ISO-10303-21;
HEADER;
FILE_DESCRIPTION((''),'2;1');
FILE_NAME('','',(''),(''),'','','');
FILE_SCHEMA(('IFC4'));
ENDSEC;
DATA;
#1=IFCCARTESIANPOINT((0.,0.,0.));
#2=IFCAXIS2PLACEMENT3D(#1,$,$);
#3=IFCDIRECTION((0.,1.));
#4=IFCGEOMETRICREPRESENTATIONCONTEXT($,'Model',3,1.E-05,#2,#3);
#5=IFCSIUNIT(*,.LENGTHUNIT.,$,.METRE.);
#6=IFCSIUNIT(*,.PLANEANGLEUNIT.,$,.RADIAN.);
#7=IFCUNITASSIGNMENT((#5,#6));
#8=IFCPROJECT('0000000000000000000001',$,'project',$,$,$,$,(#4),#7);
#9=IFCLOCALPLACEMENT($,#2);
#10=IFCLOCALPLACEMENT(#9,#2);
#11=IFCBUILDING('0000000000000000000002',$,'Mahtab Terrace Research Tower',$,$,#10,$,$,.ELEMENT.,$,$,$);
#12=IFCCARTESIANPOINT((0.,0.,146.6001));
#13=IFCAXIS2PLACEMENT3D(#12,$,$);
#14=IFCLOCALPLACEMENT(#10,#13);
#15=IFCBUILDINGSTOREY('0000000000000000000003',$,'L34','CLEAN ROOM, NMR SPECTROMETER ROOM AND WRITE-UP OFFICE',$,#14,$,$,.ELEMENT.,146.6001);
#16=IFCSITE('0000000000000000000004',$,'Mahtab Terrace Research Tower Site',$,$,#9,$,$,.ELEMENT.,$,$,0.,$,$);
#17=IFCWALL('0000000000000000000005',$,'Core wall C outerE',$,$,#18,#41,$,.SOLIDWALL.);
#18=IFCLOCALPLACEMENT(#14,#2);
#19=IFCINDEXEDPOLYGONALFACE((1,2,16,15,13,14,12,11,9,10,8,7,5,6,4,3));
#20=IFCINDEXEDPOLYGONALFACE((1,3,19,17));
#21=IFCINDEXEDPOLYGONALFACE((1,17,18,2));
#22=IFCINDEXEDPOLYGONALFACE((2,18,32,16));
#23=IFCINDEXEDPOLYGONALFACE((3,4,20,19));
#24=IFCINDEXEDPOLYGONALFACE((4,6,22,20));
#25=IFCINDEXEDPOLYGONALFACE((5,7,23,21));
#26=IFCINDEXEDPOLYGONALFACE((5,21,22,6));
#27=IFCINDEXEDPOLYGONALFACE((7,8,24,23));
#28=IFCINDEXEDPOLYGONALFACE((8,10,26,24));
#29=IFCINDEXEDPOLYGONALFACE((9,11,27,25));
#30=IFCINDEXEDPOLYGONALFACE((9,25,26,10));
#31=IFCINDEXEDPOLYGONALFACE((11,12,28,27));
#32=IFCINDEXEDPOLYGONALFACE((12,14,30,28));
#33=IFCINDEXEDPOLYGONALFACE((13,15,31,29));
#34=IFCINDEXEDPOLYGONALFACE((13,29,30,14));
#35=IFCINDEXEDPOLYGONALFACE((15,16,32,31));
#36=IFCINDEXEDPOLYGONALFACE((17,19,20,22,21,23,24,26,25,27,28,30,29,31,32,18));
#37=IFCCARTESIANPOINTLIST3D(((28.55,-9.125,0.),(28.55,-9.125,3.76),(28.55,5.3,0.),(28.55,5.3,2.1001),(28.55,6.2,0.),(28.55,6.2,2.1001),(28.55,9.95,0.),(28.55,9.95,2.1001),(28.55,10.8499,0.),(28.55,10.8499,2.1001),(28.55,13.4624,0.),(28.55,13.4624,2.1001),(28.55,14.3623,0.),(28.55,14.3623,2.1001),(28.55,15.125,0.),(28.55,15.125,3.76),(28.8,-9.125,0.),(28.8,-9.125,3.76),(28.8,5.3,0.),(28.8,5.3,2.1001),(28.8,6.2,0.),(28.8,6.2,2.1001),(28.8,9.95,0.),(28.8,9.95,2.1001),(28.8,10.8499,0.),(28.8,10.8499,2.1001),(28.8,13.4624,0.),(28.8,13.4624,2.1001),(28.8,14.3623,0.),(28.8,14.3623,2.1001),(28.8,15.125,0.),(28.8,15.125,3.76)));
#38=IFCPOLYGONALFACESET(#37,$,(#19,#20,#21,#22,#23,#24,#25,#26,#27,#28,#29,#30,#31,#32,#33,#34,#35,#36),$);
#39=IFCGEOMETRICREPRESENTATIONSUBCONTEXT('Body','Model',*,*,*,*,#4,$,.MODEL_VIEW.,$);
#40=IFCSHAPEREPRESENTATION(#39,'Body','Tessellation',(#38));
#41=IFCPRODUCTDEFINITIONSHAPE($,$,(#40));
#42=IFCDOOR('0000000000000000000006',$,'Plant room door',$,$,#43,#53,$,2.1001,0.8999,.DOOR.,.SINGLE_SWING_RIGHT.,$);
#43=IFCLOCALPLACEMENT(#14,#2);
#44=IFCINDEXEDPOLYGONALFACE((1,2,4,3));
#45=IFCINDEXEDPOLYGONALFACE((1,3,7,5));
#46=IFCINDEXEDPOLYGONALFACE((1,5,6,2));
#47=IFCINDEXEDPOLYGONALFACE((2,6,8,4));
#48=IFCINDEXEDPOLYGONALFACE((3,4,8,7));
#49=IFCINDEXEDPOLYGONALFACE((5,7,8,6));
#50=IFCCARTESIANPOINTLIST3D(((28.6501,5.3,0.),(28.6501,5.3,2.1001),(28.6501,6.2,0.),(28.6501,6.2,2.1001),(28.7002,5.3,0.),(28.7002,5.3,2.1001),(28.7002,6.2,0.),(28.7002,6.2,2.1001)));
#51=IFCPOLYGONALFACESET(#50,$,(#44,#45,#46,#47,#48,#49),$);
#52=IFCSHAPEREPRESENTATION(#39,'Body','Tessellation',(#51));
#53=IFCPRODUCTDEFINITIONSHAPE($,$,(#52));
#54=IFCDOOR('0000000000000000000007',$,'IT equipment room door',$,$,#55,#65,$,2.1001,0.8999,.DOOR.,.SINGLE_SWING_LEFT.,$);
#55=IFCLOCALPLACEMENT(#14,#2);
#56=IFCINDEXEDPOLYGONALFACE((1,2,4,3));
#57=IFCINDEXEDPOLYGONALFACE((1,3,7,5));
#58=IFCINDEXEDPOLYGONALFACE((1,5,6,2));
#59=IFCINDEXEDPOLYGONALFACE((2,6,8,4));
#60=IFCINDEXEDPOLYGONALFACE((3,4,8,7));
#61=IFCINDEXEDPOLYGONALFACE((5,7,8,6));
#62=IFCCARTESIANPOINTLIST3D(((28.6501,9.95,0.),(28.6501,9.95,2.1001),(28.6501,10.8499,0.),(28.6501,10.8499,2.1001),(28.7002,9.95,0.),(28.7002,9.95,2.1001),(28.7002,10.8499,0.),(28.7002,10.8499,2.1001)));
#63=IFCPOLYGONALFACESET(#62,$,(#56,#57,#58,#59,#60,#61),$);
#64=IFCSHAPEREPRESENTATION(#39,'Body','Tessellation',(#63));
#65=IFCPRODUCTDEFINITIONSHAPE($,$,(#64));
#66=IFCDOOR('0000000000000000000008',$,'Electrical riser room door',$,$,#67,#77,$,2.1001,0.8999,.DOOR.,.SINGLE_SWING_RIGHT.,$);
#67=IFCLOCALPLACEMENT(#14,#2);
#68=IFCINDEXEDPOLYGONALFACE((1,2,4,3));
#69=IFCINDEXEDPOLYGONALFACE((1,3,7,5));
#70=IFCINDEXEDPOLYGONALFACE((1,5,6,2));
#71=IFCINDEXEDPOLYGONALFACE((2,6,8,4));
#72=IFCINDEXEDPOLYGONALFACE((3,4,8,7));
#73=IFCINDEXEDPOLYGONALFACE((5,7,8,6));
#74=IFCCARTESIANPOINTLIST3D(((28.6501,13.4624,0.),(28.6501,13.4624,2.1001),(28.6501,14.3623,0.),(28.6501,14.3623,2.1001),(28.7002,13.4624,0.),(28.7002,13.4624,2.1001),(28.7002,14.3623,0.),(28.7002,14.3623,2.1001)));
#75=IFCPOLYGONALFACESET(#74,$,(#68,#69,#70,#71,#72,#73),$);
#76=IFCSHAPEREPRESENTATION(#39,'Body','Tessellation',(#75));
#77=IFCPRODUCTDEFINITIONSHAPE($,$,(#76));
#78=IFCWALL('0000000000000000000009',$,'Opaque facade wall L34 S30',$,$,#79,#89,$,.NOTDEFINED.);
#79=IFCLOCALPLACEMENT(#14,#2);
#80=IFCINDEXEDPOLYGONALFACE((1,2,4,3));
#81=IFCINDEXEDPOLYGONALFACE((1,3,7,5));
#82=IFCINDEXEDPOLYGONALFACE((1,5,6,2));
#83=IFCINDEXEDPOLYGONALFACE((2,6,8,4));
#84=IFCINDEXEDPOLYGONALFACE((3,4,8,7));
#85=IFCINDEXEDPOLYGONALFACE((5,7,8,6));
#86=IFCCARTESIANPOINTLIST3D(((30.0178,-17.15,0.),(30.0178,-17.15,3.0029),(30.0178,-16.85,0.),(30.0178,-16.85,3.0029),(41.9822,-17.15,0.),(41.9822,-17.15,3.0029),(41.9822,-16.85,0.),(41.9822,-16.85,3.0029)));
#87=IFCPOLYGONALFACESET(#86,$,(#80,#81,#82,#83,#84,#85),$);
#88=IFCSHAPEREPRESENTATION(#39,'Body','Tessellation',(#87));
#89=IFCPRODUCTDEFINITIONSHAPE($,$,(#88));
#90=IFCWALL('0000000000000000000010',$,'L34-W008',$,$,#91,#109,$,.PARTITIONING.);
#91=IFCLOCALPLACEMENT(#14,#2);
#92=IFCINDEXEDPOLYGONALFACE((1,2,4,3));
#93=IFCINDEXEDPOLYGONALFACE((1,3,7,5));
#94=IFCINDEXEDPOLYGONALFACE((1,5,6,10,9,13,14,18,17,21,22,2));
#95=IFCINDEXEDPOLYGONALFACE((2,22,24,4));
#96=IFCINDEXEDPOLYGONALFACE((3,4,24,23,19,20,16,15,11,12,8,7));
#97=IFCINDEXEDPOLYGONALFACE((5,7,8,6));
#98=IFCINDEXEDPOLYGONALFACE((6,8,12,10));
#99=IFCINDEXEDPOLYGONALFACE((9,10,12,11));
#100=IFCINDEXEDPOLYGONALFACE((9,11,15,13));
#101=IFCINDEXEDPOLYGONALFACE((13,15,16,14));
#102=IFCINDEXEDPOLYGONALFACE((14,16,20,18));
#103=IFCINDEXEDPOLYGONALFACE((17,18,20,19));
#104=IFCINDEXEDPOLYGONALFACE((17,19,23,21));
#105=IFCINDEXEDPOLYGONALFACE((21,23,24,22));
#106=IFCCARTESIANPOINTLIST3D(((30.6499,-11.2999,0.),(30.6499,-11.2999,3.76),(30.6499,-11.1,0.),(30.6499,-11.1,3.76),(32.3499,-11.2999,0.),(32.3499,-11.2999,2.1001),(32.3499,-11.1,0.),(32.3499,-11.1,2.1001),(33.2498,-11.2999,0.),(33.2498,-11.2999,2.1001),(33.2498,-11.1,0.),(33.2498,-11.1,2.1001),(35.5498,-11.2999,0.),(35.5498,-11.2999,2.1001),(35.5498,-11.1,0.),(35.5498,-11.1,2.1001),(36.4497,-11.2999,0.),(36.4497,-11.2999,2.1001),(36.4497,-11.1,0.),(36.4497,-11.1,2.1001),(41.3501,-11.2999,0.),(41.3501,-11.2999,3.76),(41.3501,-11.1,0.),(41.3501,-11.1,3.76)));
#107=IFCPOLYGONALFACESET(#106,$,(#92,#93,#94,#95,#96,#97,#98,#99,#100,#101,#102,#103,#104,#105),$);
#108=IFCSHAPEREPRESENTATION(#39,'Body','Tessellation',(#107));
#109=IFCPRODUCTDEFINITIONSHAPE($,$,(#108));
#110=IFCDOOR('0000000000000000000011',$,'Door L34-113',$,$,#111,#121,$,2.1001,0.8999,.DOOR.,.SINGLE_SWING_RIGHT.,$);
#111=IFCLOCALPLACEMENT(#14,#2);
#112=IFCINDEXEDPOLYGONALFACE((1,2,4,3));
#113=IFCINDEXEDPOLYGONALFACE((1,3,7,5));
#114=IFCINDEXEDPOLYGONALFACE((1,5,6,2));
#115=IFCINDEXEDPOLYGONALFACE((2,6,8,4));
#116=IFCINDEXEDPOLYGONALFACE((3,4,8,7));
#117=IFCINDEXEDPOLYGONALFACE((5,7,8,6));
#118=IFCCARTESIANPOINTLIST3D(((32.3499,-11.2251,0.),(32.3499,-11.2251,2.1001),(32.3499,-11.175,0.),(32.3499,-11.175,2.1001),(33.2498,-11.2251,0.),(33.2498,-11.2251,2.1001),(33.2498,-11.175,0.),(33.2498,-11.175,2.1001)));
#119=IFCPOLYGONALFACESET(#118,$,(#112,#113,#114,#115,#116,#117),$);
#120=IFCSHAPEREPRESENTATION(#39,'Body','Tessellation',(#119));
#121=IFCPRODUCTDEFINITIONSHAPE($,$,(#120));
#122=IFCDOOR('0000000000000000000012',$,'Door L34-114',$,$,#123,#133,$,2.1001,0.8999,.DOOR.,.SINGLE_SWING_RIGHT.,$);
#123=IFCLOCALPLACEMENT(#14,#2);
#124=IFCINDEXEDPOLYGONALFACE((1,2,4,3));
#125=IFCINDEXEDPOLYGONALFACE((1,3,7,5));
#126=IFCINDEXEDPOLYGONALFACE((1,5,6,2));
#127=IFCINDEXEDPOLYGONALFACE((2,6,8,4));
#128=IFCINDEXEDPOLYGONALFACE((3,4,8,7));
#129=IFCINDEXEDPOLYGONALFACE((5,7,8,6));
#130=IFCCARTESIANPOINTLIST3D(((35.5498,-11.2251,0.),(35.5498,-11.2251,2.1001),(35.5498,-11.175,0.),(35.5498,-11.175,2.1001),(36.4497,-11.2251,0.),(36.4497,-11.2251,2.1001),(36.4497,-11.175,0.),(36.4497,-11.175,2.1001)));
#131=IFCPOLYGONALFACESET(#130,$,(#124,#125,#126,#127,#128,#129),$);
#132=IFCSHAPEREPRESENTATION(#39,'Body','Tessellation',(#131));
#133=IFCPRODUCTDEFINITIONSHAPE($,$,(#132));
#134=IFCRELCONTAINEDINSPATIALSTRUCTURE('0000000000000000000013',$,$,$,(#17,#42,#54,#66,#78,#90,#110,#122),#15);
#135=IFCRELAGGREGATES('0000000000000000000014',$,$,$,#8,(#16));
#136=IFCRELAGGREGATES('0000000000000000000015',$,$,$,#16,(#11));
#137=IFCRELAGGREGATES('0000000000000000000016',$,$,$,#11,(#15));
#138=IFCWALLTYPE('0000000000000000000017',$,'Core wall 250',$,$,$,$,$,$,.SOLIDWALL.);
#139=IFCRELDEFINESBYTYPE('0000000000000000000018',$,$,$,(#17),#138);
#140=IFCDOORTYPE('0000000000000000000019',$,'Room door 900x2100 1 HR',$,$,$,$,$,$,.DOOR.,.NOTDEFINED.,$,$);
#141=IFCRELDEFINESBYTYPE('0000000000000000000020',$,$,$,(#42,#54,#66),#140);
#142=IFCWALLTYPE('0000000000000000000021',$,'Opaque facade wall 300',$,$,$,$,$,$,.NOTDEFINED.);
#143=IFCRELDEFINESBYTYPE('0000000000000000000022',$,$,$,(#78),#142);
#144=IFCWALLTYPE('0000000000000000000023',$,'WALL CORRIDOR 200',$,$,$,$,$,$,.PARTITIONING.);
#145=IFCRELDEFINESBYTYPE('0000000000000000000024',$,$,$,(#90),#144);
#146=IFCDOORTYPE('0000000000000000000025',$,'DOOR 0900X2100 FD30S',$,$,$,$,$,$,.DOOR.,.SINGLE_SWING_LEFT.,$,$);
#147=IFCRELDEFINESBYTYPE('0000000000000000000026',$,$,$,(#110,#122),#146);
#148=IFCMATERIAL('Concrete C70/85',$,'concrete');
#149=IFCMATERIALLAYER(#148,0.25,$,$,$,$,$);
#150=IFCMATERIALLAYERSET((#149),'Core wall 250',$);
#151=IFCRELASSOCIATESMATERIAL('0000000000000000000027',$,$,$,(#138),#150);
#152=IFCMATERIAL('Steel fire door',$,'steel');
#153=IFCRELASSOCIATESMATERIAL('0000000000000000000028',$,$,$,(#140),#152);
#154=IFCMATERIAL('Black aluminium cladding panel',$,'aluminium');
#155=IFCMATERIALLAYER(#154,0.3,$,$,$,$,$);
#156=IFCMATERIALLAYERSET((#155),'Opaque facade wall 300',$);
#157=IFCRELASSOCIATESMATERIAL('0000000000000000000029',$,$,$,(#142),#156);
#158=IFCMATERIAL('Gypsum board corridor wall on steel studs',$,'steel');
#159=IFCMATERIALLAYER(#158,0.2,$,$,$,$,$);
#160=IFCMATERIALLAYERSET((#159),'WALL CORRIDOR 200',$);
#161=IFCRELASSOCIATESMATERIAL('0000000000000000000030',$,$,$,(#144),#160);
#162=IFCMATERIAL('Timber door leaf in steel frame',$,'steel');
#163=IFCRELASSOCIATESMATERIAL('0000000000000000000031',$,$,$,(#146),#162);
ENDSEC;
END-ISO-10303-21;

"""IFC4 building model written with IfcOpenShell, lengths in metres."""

from ifc_helpers import new_model, si_unit, direction, frame, frame_2d, origin, place, context, subcontext, project, spatial, rectangle, extrude, material, layer, layer_set, type_object, element, fill, save


model = new_model("IFC4")

# Units and contexts
model_context = context("Model", 3, precision=1e-05, world=origin(), true_north=direction((0.0, 1.0)))
body_context = subcontext(model_context, "Body", "Model", "MODEL_VIEW")
ifc_project = project(units=[si_unit("LENGTHUNIT", "METRE"), si_unit("PLANEANGLEUNIT", "RADIAN")], contexts=[model_context])

# Site, building, storey
site_placement = place(None, origin())
site = spatial("IfcSite", under=ifc_project, at=site_placement, Name="Mahtab Terrace Research Tower Site", CompositionType="ELEMENT", RefElevation=0.0)
building_placement = place(site_placement, origin())
building = spatial("IfcBuilding", under=site, at=building_placement, Name="Mahtab Terrace Research Tower", CompositionType="ELEMENT")
storey_placement = place(building_placement, frame((0.0, 0.0, 146.6001)))
storey = spatial("IfcBuildingStorey", under=building, at=storey_placement, Name="L34", Description="CLEAN ROOM, NMR SPECTROMETER ROOM AND WRITE-UP OFFICE", CompositionType="ELEMENT", Elevation=146.6001)

# Shared definitions
ifc_material_1 = material(Name="Concrete C70/85", Category="concrete")

# Wall, openings, doors
ifc_layer_1 = layer(ifc_material_1, 0.25)
ifc_layer_set_1 = layer_set([ifc_layer_1], Name="Core wall 250")
wall_type_1 = type_object("IfcWallType", Name="Core wall 250", PredefinedType="SOLIDWALL", material=ifc_layer_set_1)
wall_1_placement = place(storey_placement, frame((28.675, -9.125, 0.0), z_axis=(0.0, 0.0, 1.0), x_axis=(0.0, 1.0, 0.0)))
wall_1 = element("IfcWall", 1, at=wall_1_placement, inside=storey, type_object=wall_type_1, Name="Core wall C outerE", PredefinedType="SOLIDWALL", context=body_context, shape_type="SweptSolid", body=[
    extrude(rectangle(XDim=24.25, YDim=0.25, at=frame_2d((12.125, 0.0))), origin(), (0.0, 0.0, 1.0), 3.76),
])
opening_1_placement = place(wall_1_placement, frame((14.425, 0.0, 0.0)))
opening_1 = element("IfcOpeningElement", 2, at=opening_1_placement, cuts=wall_1, PredefinedType="OPENING", context=body_context, shape_type="SweptSolid", body=[
    extrude(rectangle(XDim=0.8999, YDim=2.1001, at=frame_2d((0.45, 1.05))), frame((0.0, 0.135, 0.0), z_axis=(0.0, -1.0, 0.0), x_axis=(1.0, 0.0, 0.0)), (0.0, 0.0, 1.0), 0.27),
])
opening_2_placement = place(wall_1_placement, frame((19.075, 0.0, 0.0)))
opening_2 = element("IfcOpeningElement", 3, at=opening_2_placement, cuts=wall_1, PredefinedType="OPENING", context=body_context, shape_type="SweptSolid", body=[
    extrude(rectangle(XDim=0.8999, YDim=2.1001, at=frame_2d((0.45, 1.05))), frame((0.0, 0.135, 0.0), z_axis=(0.0, -1.0, 0.0), x_axis=(1.0, 0.0, 0.0)), (0.0, 0.0, 1.0), 0.27),
])
opening_3_placement = place(wall_1_placement, frame((22.5874, 0.0, 0.0)))
opening_3 = element("IfcOpeningElement", 4, at=opening_3_placement, cuts=wall_1, PredefinedType="OPENING", context=body_context, shape_type="SweptSolid", body=[
    extrude(rectangle(XDim=0.8999, YDim=2.1001, at=frame_2d((0.45, 1.05))), frame((0.0, 0.135, 0.0), z_axis=(0.0, -1.0, 0.0), x_axis=(1.0, 0.0, 0.0)), (0.0, 0.0, 1.0), 0.27),
])
ifc_material_2 = material(Name="Steel fire door", Category="steel")
door_type_1 = type_object("IfcDoorType", Name="Room door 900x2100 1 HR", OperationType="NOTDEFINED", PredefinedType="DOOR", material=ifc_material_2)
door_1_placement = place(opening_1_placement, origin())
door_1 = element("IfcDoor", 5, at=door_1_placement, inside=storey, type_object=door_type_1, Name="Plant room door", OperationType="SINGLE_SWING_RIGHT", OverallHeight=2.1001, OverallWidth=0.8999, PredefinedType="DOOR", context=body_context, shape_type="SweptSolid", body=[
    extrude(rectangle(XDim=0.8999, YDim=2.1001, at=frame_2d((0.45, 1.05))), frame((0.0, 0.0249, 0.0), z_axis=(0.0, -1.0, 0.0), x_axis=(1.0, 0.0, 0.0)), (0.0, 0.0, 1.0), 0.05),
])
fill(opening_1, door_1)
door_2_placement = place(opening_2_placement, origin())
door_2 = element("IfcDoor", 6, at=door_2_placement, inside=storey, type_object=door_type_1, Name="IT equipment room door", OperationType="SINGLE_SWING_LEFT", OverallHeight=2.1001, OverallWidth=0.8999, PredefinedType="DOOR", context=body_context, shape_type="SweptSolid", body=[
    extrude(rectangle(XDim=0.8999, YDim=2.1001, at=frame_2d((0.45, 1.05))), frame((0.0, 0.0249, 0.0), z_axis=(0.0, -1.0, 0.0), x_axis=(1.0, 0.0, 0.0)), (0.0, 0.0, 1.0), 0.05),
])
fill(opening_2, door_2)
door_3_placement = place(opening_3_placement, origin())
door_3 = element("IfcDoor", 7, at=door_3_placement, inside=storey, type_object=door_type_1, Name="Electrical riser room door", OperationType="SINGLE_SWING_RIGHT", OverallHeight=2.1001, OverallWidth=0.8999, PredefinedType="DOOR", context=body_context, shape_type="SweptSolid", body=[
    extrude(rectangle(XDim=0.8999, YDim=2.1001, at=frame_2d((0.45, 1.05))), frame((0.0, 0.0249, 0.0), z_axis=(0.0, -1.0, 0.0), x_axis=(1.0, 0.0, 0.0)), (0.0, 0.0, 1.0), 0.05),
])
fill(opening_3, door_3)

# Wall
ifc_material_3 = material(Name="Black aluminium cladding panel", Category="aluminium")
ifc_layer_2 = layer(ifc_material_3, 0.3)
ifc_layer_set_2 = layer_set([ifc_layer_2], Name="Opaque facade wall 300")
wall_type_2 = type_object("IfcWallType", Name="Opaque facade wall 300", PredefinedType="NOTDEFINED", material=ifc_layer_set_2)
wall_2_placement = place(storey_placement, frame((30.0178, -17.0, 0.0), z_axis=(0.0, 0.0, 1.0), x_axis=(1.0, 0.0, 0.0)))
element("IfcWall", 8, at=wall_2_placement, inside=storey, type_object=wall_type_2, Name="Opaque facade wall L34 S30", PredefinedType="NOTDEFINED", context=body_context, shape_type="SweptSolid", body=[
    extrude(rectangle(XDim=11.9644, YDim=0.3, at=frame_2d((5.9822, 0.0))), origin(), (0.0, 0.0, 1.0), 3.0029),
])

# Wall, openings, doors
ifc_material_4 = material(Name="Gypsum board corridor wall on steel studs", Category="steel")
ifc_layer_3 = layer(ifc_material_4, 0.2)
ifc_layer_set_3 = layer_set([ifc_layer_3], Name="WALL CORRIDOR 200")
wall_type_3 = type_object("IfcWallType", Name="WALL CORRIDOR 200", PredefinedType="PARTITIONING", material=ifc_layer_set_3)
wall_3_placement = place(storey_placement, frame((30.6499, -11.2, 0.0), z_axis=(0.0, 0.0, 1.0), x_axis=(1.0, 0.0, 0.0)))
wall_3 = element("IfcWall", 9, at=wall_3_placement, inside=storey, type_object=wall_type_3, Name="L34-W008", PredefinedType="PARTITIONING", context=body_context, shape_type="SweptSolid", body=[
    extrude(rectangle(XDim=10.7002, YDim=0.2, at=frame_2d((5.3501, 0.0))), origin(), (0.0, 0.0, 1.0), 3.76),
])
opening_4_placement = place(wall_3_placement, frame((1.7, 0.0, 0.0)))
opening_4 = element("IfcOpeningElement", 10, at=opening_4_placement, cuts=wall_3, PredefinedType="OPENING", context=body_context, shape_type="SweptSolid", body=[
    extrude(rectangle(XDim=0.8999, YDim=2.1001, at=frame_2d((0.45, 1.05))), frame((0.0, 0.1099, 0.0), z_axis=(0.0, -1.0, 0.0), x_axis=(1.0, 0.0, 0.0)), (0.0, 0.0, 1.0), 0.22),
])
opening_5_placement = place(wall_3_placement, frame((4.8999, 0.0, 0.0)))
opening_5 = element("IfcOpeningElement", 11, at=opening_5_placement, cuts=wall_3, PredefinedType="OPENING", context=body_context, shape_type="SweptSolid", body=[
    extrude(rectangle(XDim=0.8999, YDim=2.1001, at=frame_2d((0.45, 1.05))), frame((0.0, 0.1099, 0.0), z_axis=(0.0, -1.0, 0.0), x_axis=(1.0, 0.0, 0.0)), (0.0, 0.0, 1.0), 0.22),
])
ifc_material_5 = material(Name="Timber door leaf in steel frame", Category="steel")
door_type_2 = type_object("IfcDoorType", Name="DOOR 0900X2100 FD30S", OperationType="SINGLE_SWING_LEFT", PredefinedType="DOOR", material=ifc_material_5)
door_4_placement = place(opening_4_placement, origin())
door_4 = element("IfcDoor", 12, at=door_4_placement, inside=storey, type_object=door_type_2, Name="Door L34-113", OperationType="SINGLE_SWING_RIGHT", OverallHeight=2.1001, OverallWidth=0.8999, PredefinedType="DOOR", context=body_context, shape_type="SweptSolid", body=[
    extrude(rectangle(XDim=0.8999, YDim=2.1001, at=frame_2d((0.45, 1.05))), frame((0.0, 0.0249, 0.0), z_axis=(0.0, -1.0, 0.0), x_axis=(1.0, 0.0, 0.0)), (0.0, 0.0, 1.0), 0.05),
])
fill(opening_4, door_4)
door_5_placement = place(opening_5_placement, origin())
door_5 = element("IfcDoor", 13, at=door_5_placement, inside=storey, type_object=door_type_2, Name="Door L34-114", OperationType="SINGLE_SWING_RIGHT", OverallHeight=2.1001, OverallWidth=0.8999, PredefinedType="DOOR", context=body_context, shape_type="SweptSolid", body=[
    extrude(rectangle(XDim=0.8999, YDim=2.1001, at=frame_2d((0.45, 1.05))), frame((0.0, 0.0249, 0.0), z_axis=(0.0, -1.0, 0.0), x_axis=(1.0, 0.0, 0.0)), (0.0, 0.0, 1.0), 0.05),
])
fill(opening_5, door_5)

save(model, "model.ifc")
